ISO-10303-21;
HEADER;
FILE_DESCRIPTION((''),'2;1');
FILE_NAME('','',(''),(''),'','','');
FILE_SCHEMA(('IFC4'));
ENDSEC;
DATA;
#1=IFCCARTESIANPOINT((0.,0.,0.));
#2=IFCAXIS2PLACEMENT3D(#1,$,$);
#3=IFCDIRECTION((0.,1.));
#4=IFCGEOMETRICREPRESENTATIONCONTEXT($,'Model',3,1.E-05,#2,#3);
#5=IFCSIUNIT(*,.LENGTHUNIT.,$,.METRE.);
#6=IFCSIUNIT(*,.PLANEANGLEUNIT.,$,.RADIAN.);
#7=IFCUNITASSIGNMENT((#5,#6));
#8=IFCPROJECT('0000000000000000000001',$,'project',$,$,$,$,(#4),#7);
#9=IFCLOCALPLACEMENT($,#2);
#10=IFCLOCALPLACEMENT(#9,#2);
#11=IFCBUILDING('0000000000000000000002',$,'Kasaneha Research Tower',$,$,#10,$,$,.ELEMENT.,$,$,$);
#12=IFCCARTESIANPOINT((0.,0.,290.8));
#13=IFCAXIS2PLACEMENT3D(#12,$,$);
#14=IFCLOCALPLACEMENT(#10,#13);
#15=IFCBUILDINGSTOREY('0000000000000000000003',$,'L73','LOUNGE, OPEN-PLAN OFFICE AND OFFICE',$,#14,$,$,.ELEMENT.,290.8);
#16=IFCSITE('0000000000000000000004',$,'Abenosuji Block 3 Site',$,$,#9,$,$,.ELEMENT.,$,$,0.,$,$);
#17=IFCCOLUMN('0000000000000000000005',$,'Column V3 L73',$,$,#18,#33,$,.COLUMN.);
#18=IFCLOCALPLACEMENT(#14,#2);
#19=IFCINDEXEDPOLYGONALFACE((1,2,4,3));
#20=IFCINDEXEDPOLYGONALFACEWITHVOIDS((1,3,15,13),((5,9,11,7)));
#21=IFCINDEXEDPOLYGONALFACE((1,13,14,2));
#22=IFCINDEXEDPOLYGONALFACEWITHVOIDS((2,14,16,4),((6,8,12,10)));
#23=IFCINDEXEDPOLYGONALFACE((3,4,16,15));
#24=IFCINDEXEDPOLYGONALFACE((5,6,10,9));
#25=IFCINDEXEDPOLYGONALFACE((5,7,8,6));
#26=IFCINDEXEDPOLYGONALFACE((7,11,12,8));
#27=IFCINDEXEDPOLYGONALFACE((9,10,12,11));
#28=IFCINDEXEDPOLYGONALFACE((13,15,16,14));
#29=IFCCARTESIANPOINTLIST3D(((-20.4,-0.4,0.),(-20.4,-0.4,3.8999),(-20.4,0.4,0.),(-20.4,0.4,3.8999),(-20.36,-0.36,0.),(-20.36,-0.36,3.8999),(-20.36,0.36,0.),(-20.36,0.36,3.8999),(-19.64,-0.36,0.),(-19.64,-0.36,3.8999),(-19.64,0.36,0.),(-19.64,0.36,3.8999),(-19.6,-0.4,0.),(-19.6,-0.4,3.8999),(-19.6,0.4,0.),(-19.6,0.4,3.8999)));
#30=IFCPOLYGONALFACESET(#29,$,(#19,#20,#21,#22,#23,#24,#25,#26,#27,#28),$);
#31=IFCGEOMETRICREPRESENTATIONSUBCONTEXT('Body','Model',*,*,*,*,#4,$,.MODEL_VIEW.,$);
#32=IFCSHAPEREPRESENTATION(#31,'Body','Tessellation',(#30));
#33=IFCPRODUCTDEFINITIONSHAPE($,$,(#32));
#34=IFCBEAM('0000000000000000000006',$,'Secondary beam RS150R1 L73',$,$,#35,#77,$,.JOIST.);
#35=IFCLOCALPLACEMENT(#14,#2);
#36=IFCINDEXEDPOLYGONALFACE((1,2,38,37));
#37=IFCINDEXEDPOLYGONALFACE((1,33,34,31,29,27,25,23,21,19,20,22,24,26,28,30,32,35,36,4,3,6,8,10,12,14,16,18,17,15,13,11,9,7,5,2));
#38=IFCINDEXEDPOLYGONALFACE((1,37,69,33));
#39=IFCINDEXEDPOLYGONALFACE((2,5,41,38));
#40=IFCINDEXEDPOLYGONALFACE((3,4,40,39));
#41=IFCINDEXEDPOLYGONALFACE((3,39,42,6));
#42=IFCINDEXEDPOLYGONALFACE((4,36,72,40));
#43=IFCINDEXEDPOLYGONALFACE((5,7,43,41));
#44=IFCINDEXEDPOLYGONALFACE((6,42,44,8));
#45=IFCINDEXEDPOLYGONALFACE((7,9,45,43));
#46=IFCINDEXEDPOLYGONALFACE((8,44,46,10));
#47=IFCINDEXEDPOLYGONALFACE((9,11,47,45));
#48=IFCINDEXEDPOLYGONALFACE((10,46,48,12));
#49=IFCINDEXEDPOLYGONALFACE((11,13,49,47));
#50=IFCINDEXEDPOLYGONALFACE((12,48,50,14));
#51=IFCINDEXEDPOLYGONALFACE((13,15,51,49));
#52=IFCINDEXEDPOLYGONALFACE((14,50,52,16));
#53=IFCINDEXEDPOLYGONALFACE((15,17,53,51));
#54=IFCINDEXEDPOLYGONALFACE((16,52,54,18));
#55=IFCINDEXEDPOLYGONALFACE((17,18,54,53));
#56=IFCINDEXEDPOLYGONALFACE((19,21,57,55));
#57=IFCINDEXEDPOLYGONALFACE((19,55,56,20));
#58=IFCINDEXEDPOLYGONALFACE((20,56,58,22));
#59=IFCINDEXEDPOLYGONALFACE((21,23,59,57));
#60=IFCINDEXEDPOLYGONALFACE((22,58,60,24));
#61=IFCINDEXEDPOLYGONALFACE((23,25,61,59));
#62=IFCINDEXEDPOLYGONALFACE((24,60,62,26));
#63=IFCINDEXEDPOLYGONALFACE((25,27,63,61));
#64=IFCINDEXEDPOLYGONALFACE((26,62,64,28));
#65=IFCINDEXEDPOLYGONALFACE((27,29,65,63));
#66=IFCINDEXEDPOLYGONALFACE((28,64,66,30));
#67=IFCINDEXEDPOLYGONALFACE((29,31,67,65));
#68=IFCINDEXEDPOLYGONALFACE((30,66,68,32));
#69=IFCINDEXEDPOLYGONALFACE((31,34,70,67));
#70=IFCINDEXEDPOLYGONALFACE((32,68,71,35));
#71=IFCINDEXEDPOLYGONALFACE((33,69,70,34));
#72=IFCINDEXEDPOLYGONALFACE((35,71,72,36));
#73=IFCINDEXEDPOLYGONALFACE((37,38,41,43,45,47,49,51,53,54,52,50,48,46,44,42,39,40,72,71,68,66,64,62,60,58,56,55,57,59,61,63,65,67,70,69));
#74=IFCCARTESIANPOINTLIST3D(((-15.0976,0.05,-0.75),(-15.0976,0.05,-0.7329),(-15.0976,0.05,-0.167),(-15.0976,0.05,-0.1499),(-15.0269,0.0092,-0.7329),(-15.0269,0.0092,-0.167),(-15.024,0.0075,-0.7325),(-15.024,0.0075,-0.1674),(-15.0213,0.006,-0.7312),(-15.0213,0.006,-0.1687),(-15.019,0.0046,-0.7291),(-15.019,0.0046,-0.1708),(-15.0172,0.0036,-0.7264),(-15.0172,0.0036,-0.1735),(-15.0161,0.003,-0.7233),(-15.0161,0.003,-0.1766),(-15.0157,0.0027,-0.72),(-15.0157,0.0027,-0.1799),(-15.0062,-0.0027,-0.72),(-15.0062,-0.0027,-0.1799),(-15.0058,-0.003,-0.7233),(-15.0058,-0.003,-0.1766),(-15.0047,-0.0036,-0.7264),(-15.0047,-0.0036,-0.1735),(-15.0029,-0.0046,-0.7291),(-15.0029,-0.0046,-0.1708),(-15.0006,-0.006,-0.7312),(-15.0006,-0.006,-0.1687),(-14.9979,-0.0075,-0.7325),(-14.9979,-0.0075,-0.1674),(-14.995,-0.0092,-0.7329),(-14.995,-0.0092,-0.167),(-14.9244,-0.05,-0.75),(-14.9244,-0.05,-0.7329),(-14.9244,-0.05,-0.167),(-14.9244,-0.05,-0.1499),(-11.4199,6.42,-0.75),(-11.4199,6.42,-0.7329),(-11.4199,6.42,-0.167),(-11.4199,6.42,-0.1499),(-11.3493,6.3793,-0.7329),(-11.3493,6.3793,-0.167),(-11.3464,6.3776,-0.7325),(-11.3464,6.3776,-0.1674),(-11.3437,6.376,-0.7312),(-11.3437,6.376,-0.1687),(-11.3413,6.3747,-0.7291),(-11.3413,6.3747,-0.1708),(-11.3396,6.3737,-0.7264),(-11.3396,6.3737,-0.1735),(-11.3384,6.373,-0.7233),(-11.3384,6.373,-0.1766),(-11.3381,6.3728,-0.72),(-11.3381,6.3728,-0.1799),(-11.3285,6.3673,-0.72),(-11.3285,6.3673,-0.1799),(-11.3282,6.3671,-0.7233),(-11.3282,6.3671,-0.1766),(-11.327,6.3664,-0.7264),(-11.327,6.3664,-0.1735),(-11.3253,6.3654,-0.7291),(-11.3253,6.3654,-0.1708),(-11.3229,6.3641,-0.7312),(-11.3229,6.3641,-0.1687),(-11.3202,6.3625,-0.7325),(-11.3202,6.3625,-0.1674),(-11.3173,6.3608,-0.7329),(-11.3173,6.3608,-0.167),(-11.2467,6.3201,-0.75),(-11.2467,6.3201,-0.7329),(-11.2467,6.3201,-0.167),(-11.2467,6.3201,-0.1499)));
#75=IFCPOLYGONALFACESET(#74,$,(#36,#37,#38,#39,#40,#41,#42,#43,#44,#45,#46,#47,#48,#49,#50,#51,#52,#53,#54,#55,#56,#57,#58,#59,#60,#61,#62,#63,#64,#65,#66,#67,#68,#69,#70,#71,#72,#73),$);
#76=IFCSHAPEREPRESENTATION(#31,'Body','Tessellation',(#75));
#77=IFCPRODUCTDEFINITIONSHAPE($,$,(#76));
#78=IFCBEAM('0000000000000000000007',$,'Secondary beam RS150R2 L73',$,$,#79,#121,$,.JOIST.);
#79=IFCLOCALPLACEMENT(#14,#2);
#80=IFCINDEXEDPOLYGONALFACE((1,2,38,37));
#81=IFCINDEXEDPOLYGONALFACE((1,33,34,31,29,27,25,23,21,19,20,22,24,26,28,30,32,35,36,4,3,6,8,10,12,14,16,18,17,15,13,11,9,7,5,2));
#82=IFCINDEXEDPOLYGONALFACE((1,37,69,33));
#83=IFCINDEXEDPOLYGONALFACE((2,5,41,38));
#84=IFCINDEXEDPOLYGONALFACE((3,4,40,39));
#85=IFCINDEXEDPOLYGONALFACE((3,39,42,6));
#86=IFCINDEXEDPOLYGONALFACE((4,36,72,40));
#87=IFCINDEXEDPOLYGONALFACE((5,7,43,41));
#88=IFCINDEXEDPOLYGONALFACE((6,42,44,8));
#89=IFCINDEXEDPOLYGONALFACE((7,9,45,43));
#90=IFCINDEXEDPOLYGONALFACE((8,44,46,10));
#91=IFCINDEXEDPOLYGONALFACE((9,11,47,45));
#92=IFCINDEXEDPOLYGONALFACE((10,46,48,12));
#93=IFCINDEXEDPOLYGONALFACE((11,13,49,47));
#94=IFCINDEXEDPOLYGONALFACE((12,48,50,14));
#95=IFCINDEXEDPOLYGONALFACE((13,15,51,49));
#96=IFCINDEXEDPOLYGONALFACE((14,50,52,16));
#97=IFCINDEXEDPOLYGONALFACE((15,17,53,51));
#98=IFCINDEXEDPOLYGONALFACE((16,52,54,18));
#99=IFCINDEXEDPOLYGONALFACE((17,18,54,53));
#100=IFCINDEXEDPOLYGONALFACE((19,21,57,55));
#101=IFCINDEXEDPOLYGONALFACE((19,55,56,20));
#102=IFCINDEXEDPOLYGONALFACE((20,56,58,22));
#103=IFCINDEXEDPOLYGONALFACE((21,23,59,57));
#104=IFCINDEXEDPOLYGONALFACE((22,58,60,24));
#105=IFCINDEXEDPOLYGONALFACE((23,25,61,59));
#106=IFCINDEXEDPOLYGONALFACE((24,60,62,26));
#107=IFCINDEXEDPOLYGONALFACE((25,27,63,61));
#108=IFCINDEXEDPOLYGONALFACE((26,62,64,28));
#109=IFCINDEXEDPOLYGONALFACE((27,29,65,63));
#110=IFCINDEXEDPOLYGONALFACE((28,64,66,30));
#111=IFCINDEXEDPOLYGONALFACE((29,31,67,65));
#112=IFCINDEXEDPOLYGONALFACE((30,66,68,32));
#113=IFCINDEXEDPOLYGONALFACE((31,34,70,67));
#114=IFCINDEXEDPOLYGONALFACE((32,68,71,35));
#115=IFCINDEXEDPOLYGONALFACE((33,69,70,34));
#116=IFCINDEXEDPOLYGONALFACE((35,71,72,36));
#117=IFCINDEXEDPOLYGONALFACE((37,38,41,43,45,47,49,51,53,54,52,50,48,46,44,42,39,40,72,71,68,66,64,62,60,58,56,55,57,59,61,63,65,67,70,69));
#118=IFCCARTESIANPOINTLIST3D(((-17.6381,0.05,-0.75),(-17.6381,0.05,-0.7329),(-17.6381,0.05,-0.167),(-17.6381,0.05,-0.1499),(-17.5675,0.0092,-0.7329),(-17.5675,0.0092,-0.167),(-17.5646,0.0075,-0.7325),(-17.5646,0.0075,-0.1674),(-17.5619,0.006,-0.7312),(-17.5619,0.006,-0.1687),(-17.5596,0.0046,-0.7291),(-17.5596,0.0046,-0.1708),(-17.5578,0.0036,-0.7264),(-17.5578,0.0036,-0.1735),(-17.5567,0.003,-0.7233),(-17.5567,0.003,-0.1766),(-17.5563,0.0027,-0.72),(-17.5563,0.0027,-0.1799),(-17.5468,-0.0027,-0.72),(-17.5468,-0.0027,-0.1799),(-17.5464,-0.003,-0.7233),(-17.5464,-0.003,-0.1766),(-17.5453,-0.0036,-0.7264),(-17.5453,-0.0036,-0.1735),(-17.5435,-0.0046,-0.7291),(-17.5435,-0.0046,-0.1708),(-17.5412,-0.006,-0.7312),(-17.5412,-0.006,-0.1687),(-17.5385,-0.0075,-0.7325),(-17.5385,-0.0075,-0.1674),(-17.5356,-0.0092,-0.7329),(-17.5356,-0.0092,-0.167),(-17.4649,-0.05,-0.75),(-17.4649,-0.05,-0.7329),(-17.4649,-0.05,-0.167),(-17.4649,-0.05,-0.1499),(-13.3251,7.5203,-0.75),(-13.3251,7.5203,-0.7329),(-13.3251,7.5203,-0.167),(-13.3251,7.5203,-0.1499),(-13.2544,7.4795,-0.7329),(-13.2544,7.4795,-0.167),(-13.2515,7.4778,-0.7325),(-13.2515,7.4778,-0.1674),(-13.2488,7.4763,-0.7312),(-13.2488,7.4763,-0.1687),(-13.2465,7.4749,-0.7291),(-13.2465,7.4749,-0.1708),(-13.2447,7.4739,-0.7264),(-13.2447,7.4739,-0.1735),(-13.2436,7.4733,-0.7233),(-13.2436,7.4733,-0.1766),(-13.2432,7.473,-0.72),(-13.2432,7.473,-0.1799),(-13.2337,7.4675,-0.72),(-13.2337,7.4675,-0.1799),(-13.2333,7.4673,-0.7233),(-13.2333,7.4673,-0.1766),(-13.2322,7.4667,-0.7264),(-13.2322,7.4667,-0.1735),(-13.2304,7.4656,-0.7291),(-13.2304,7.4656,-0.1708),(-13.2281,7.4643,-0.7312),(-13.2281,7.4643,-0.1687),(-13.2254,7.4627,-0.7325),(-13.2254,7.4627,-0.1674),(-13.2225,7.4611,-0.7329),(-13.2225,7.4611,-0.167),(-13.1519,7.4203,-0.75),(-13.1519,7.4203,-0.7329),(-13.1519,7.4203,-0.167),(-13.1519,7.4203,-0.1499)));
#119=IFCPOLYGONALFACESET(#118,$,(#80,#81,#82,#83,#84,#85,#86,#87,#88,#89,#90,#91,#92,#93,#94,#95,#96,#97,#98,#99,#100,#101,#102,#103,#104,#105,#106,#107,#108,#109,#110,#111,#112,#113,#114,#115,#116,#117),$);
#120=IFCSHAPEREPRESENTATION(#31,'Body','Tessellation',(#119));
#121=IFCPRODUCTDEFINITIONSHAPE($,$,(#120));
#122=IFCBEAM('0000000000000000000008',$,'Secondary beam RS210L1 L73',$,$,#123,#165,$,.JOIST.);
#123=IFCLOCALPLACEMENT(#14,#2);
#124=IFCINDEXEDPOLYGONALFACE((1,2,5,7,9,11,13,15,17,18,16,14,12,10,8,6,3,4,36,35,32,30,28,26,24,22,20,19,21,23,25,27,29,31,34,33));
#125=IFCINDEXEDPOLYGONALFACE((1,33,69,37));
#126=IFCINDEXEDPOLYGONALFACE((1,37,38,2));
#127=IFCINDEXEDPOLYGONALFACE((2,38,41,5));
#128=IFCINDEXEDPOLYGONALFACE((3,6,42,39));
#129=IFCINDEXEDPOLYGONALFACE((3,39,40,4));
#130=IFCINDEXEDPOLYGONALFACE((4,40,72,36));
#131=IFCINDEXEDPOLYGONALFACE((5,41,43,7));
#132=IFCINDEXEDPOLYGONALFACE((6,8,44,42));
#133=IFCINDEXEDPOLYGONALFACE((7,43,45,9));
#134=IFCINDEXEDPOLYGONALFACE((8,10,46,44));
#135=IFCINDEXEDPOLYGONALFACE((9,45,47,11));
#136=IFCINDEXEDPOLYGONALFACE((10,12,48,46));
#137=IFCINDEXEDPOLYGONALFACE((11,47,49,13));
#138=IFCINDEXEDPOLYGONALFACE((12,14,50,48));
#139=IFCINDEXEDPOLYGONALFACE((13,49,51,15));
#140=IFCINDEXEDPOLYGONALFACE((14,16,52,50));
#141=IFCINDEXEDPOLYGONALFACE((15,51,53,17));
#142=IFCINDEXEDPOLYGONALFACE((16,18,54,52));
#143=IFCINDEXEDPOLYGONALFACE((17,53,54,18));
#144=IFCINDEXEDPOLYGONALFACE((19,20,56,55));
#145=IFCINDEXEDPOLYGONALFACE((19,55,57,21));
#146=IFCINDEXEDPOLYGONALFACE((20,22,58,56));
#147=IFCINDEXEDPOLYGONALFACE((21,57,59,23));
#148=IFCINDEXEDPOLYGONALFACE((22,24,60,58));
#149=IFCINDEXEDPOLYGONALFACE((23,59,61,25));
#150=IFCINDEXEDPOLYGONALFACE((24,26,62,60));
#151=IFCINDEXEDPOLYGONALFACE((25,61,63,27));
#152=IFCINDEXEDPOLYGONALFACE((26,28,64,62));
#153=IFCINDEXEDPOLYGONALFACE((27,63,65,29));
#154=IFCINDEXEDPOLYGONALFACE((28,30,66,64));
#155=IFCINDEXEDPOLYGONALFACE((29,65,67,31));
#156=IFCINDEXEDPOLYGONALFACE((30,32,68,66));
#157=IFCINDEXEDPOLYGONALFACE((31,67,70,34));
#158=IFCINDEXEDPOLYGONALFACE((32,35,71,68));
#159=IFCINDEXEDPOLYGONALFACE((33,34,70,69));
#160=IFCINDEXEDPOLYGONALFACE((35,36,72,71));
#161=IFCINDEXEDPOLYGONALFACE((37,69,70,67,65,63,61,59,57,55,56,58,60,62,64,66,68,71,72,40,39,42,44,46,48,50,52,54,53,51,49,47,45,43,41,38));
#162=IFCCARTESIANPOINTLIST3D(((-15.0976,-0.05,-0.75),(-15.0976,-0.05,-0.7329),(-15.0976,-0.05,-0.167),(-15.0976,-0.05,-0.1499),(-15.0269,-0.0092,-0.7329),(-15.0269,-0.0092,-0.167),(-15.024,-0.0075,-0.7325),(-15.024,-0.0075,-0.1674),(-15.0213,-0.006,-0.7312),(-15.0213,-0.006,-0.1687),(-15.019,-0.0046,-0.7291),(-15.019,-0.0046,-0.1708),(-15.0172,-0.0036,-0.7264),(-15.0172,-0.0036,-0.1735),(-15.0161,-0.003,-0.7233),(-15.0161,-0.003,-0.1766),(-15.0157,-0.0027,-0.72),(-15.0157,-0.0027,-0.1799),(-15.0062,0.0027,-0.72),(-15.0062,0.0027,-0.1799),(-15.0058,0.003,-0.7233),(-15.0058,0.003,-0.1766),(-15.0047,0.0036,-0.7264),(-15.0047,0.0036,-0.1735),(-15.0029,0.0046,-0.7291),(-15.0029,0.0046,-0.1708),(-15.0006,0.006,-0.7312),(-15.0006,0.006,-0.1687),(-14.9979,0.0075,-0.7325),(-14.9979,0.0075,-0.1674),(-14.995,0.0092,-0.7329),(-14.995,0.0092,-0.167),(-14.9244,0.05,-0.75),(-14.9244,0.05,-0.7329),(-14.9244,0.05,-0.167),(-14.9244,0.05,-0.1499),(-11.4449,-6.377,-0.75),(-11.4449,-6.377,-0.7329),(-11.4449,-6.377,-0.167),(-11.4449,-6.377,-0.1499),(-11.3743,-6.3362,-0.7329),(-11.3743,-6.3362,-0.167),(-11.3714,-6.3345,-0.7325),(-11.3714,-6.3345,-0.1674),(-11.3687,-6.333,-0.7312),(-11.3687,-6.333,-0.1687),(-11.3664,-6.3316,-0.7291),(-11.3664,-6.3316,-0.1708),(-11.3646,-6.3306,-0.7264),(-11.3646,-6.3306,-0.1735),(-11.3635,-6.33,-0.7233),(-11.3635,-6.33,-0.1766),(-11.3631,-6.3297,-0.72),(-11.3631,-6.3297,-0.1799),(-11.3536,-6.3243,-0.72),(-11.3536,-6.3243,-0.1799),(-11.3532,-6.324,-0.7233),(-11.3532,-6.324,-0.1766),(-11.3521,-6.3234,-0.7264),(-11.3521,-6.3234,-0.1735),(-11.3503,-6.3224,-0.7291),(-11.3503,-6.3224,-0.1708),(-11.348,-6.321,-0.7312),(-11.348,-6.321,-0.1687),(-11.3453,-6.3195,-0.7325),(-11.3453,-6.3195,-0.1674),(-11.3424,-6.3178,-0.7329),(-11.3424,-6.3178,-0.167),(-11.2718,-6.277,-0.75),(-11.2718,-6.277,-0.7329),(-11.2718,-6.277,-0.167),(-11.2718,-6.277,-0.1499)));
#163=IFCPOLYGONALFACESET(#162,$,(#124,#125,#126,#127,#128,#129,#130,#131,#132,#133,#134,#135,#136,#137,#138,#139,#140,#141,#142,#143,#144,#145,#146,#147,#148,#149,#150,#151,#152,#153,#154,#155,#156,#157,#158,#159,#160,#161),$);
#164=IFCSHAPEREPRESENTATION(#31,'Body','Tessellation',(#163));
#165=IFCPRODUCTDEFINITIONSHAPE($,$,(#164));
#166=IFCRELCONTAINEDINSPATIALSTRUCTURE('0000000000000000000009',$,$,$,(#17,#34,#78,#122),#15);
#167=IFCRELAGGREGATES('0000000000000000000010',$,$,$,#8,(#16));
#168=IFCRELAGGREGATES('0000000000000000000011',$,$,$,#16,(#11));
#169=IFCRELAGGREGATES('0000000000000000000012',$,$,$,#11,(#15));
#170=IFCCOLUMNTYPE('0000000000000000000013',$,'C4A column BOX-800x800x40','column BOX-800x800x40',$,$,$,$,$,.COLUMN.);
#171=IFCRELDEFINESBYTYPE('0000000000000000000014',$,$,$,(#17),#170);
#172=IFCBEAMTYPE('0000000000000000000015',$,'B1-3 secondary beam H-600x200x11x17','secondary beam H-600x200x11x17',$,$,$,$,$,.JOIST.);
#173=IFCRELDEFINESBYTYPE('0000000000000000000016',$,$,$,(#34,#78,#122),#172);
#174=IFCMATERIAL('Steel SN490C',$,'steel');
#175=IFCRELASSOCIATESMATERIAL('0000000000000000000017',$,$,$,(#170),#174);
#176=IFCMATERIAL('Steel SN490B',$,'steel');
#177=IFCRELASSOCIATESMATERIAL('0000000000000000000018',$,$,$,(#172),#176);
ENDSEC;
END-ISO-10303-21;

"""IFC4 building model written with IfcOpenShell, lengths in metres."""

from ifc_helpers import new_model, si_unit, direction, frame, origin, origin_2d, place, context, subcontext, project, spatial, hollow_rectangle, i_section, extrude, material, material_profile, profile_set, type_object, element, save


model = new_model("IFC4")

# Units and contexts
model_context = context("Model", 3, precision=1e-05, world=origin(), true_north=direction((0.0, 1.0)))
body_context = subcontext(model_context, "Body", "Model", "MODEL_VIEW")
ifc_project = project(units=[si_unit("LENGTHUNIT", "METRE"), si_unit("PLANEANGLEUNIT", "RADIAN")], contexts=[model_context])

# Site, building, storey
site_placement = place(None, origin())
site = spatial("IfcSite", under=ifc_project, at=site_placement, Name="Abenosuji Block 3 Site", CompositionType="ELEMENT", RefElevation=0.0)
building_placement = place(site_placement, origin())
building = spatial("IfcBuilding", under=site, at=building_placement, Name="Kasaneha Research Tower", CompositionType="ELEMENT")
storey_placement = place(building_placement, frame((0.0, 0.0, 290.8)))
storey = spatial("IfcBuildingStorey", under=building, at=storey_placement, Name="L73", Description="LOUNGE, OPEN-PLAN OFFICE AND OFFICE", CompositionType="ELEMENT", Elevation=290.8)

# Column
ifc_material_1 = material(Name="Steel SN490C", Category="steel")
ifc_material_profile_1 = material_profile(ifc_material_1, hollow_rectangle(XDim=0.8, YDim=0.8, WallThickness=0.04, at=origin_2d()), Name="BOX-800x800x40")
ifc_profile_set_1 = profile_set([ifc_material_profile_1], Name="Steel SN490C")
column_type = type_object("IfcColumnType", Name="C4A column BOX-800x800x40", Description="column BOX-800x800x40", PredefinedType="COLUMN", material=ifc_profile_set_1)
column_placement = place(storey_placement, frame((-20.0, 0.0, 0.0), z_axis=(0.0, 0.0, 1.0), x_axis=(1.0, 0.0, 0.0)))
element("IfcColumn", 1, at=column_placement, inside=storey, type_object=column_type, Name="Column V3 L73", PredefinedType="COLUMN", context=body_context, shape_type="SweptSolid", body=[
    extrude(hollow_rectangle(XDim=0.8, YDim=0.8, WallThickness=0.04, at=origin_2d()), origin(), (0.0, 0.0, 1.0), 3.8999),
])

# Beams
ifc_material_2 = material(Name="Steel SN490B", Category="steel")
ifc_material_profile_2 = material_profile(ifc_material_2, i_section(OverallWidth=0.2, OverallDepth=0.6001, WebThickness=0.011, FlangeThickness=0.0171, FilletRadius=0.0129, at=origin_2d()), Name="H-600x200x11x17")
ifc_profile_set_2 = profile_set([ifc_material_profile_2], Name="Steel SN490B")
beam_type_1 = type_object("IfcBeamType", Name="B1-3 secondary beam H-600x200x11x17", Description="secondary beam H-600x200x11x17", PredefinedType="JOIST", material=ifc_profile_set_2)
beam_1_placement = place(storey_placement, frame((-15.011, 0.0, -0.45), z_axis=(0.499994, 0.866029, 0.0), x_axis=(-0.866029, 0.499994, 0.0)))
element("IfcBeam", 2, at=beam_1_placement, inside=storey, type_object=beam_type_1, Name="Secondary beam RS150R1 L73", PredefinedType="JOIST", context=body_context, shape_type="SweptSolid", body=[
    extrude(i_section(OverallWidth=0.2, OverallDepth=0.6001, WebThickness=0.011, FlangeThickness=0.0171, FilletRadius=0.0129, at=origin_2d()), origin(), (0.0, 0.0, 1.0), 7.3555),
])
beam_2_placement = place(storey_placement, frame((-17.5515, 0.0, -0.45), z_axis=(0.500005, 0.866023, 0.0), x_axis=(-0.866023, 0.500005, 0.0)))
element("IfcBeam", 3, at=beam_2_placement, inside=storey, type_object=beam_type_1, Name="Secondary beam RS150R2 L73", PredefinedType="JOIST", context=body_context, shape_type="SweptSolid", body=[
    extrude(i_section(OverallWidth=0.2, OverallDepth=0.6001, WebThickness=0.011, FlangeThickness=0.0171, FilletRadius=0.0129, at=origin_2d()), origin(), (0.0, 0.0, 1.0), 8.626),
])
beam_3_placement = place(storey_placement, frame((-15.011, 0.0, -0.45), z_axis=(0.499974, -0.86604, 0.0), x_axis=(0.86604, 0.499974, 0.0)))
element("IfcBeam", 4, at=beam_3_placement, inside=storey, type_object=beam_type_1, Name="Secondary beam RS210L1 L73", PredefinedType="JOIST", context=body_context, shape_type="SweptSolid", body=[
    extrude(i_section(OverallWidth=0.2, OverallDepth=0.6001, WebThickness=0.011, FlangeThickness=0.0171, FilletRadius=0.0129, at=origin_2d()), origin(), (0.0, 0.0, 1.0), 7.3057),
])

save(model, "model.ifc")
